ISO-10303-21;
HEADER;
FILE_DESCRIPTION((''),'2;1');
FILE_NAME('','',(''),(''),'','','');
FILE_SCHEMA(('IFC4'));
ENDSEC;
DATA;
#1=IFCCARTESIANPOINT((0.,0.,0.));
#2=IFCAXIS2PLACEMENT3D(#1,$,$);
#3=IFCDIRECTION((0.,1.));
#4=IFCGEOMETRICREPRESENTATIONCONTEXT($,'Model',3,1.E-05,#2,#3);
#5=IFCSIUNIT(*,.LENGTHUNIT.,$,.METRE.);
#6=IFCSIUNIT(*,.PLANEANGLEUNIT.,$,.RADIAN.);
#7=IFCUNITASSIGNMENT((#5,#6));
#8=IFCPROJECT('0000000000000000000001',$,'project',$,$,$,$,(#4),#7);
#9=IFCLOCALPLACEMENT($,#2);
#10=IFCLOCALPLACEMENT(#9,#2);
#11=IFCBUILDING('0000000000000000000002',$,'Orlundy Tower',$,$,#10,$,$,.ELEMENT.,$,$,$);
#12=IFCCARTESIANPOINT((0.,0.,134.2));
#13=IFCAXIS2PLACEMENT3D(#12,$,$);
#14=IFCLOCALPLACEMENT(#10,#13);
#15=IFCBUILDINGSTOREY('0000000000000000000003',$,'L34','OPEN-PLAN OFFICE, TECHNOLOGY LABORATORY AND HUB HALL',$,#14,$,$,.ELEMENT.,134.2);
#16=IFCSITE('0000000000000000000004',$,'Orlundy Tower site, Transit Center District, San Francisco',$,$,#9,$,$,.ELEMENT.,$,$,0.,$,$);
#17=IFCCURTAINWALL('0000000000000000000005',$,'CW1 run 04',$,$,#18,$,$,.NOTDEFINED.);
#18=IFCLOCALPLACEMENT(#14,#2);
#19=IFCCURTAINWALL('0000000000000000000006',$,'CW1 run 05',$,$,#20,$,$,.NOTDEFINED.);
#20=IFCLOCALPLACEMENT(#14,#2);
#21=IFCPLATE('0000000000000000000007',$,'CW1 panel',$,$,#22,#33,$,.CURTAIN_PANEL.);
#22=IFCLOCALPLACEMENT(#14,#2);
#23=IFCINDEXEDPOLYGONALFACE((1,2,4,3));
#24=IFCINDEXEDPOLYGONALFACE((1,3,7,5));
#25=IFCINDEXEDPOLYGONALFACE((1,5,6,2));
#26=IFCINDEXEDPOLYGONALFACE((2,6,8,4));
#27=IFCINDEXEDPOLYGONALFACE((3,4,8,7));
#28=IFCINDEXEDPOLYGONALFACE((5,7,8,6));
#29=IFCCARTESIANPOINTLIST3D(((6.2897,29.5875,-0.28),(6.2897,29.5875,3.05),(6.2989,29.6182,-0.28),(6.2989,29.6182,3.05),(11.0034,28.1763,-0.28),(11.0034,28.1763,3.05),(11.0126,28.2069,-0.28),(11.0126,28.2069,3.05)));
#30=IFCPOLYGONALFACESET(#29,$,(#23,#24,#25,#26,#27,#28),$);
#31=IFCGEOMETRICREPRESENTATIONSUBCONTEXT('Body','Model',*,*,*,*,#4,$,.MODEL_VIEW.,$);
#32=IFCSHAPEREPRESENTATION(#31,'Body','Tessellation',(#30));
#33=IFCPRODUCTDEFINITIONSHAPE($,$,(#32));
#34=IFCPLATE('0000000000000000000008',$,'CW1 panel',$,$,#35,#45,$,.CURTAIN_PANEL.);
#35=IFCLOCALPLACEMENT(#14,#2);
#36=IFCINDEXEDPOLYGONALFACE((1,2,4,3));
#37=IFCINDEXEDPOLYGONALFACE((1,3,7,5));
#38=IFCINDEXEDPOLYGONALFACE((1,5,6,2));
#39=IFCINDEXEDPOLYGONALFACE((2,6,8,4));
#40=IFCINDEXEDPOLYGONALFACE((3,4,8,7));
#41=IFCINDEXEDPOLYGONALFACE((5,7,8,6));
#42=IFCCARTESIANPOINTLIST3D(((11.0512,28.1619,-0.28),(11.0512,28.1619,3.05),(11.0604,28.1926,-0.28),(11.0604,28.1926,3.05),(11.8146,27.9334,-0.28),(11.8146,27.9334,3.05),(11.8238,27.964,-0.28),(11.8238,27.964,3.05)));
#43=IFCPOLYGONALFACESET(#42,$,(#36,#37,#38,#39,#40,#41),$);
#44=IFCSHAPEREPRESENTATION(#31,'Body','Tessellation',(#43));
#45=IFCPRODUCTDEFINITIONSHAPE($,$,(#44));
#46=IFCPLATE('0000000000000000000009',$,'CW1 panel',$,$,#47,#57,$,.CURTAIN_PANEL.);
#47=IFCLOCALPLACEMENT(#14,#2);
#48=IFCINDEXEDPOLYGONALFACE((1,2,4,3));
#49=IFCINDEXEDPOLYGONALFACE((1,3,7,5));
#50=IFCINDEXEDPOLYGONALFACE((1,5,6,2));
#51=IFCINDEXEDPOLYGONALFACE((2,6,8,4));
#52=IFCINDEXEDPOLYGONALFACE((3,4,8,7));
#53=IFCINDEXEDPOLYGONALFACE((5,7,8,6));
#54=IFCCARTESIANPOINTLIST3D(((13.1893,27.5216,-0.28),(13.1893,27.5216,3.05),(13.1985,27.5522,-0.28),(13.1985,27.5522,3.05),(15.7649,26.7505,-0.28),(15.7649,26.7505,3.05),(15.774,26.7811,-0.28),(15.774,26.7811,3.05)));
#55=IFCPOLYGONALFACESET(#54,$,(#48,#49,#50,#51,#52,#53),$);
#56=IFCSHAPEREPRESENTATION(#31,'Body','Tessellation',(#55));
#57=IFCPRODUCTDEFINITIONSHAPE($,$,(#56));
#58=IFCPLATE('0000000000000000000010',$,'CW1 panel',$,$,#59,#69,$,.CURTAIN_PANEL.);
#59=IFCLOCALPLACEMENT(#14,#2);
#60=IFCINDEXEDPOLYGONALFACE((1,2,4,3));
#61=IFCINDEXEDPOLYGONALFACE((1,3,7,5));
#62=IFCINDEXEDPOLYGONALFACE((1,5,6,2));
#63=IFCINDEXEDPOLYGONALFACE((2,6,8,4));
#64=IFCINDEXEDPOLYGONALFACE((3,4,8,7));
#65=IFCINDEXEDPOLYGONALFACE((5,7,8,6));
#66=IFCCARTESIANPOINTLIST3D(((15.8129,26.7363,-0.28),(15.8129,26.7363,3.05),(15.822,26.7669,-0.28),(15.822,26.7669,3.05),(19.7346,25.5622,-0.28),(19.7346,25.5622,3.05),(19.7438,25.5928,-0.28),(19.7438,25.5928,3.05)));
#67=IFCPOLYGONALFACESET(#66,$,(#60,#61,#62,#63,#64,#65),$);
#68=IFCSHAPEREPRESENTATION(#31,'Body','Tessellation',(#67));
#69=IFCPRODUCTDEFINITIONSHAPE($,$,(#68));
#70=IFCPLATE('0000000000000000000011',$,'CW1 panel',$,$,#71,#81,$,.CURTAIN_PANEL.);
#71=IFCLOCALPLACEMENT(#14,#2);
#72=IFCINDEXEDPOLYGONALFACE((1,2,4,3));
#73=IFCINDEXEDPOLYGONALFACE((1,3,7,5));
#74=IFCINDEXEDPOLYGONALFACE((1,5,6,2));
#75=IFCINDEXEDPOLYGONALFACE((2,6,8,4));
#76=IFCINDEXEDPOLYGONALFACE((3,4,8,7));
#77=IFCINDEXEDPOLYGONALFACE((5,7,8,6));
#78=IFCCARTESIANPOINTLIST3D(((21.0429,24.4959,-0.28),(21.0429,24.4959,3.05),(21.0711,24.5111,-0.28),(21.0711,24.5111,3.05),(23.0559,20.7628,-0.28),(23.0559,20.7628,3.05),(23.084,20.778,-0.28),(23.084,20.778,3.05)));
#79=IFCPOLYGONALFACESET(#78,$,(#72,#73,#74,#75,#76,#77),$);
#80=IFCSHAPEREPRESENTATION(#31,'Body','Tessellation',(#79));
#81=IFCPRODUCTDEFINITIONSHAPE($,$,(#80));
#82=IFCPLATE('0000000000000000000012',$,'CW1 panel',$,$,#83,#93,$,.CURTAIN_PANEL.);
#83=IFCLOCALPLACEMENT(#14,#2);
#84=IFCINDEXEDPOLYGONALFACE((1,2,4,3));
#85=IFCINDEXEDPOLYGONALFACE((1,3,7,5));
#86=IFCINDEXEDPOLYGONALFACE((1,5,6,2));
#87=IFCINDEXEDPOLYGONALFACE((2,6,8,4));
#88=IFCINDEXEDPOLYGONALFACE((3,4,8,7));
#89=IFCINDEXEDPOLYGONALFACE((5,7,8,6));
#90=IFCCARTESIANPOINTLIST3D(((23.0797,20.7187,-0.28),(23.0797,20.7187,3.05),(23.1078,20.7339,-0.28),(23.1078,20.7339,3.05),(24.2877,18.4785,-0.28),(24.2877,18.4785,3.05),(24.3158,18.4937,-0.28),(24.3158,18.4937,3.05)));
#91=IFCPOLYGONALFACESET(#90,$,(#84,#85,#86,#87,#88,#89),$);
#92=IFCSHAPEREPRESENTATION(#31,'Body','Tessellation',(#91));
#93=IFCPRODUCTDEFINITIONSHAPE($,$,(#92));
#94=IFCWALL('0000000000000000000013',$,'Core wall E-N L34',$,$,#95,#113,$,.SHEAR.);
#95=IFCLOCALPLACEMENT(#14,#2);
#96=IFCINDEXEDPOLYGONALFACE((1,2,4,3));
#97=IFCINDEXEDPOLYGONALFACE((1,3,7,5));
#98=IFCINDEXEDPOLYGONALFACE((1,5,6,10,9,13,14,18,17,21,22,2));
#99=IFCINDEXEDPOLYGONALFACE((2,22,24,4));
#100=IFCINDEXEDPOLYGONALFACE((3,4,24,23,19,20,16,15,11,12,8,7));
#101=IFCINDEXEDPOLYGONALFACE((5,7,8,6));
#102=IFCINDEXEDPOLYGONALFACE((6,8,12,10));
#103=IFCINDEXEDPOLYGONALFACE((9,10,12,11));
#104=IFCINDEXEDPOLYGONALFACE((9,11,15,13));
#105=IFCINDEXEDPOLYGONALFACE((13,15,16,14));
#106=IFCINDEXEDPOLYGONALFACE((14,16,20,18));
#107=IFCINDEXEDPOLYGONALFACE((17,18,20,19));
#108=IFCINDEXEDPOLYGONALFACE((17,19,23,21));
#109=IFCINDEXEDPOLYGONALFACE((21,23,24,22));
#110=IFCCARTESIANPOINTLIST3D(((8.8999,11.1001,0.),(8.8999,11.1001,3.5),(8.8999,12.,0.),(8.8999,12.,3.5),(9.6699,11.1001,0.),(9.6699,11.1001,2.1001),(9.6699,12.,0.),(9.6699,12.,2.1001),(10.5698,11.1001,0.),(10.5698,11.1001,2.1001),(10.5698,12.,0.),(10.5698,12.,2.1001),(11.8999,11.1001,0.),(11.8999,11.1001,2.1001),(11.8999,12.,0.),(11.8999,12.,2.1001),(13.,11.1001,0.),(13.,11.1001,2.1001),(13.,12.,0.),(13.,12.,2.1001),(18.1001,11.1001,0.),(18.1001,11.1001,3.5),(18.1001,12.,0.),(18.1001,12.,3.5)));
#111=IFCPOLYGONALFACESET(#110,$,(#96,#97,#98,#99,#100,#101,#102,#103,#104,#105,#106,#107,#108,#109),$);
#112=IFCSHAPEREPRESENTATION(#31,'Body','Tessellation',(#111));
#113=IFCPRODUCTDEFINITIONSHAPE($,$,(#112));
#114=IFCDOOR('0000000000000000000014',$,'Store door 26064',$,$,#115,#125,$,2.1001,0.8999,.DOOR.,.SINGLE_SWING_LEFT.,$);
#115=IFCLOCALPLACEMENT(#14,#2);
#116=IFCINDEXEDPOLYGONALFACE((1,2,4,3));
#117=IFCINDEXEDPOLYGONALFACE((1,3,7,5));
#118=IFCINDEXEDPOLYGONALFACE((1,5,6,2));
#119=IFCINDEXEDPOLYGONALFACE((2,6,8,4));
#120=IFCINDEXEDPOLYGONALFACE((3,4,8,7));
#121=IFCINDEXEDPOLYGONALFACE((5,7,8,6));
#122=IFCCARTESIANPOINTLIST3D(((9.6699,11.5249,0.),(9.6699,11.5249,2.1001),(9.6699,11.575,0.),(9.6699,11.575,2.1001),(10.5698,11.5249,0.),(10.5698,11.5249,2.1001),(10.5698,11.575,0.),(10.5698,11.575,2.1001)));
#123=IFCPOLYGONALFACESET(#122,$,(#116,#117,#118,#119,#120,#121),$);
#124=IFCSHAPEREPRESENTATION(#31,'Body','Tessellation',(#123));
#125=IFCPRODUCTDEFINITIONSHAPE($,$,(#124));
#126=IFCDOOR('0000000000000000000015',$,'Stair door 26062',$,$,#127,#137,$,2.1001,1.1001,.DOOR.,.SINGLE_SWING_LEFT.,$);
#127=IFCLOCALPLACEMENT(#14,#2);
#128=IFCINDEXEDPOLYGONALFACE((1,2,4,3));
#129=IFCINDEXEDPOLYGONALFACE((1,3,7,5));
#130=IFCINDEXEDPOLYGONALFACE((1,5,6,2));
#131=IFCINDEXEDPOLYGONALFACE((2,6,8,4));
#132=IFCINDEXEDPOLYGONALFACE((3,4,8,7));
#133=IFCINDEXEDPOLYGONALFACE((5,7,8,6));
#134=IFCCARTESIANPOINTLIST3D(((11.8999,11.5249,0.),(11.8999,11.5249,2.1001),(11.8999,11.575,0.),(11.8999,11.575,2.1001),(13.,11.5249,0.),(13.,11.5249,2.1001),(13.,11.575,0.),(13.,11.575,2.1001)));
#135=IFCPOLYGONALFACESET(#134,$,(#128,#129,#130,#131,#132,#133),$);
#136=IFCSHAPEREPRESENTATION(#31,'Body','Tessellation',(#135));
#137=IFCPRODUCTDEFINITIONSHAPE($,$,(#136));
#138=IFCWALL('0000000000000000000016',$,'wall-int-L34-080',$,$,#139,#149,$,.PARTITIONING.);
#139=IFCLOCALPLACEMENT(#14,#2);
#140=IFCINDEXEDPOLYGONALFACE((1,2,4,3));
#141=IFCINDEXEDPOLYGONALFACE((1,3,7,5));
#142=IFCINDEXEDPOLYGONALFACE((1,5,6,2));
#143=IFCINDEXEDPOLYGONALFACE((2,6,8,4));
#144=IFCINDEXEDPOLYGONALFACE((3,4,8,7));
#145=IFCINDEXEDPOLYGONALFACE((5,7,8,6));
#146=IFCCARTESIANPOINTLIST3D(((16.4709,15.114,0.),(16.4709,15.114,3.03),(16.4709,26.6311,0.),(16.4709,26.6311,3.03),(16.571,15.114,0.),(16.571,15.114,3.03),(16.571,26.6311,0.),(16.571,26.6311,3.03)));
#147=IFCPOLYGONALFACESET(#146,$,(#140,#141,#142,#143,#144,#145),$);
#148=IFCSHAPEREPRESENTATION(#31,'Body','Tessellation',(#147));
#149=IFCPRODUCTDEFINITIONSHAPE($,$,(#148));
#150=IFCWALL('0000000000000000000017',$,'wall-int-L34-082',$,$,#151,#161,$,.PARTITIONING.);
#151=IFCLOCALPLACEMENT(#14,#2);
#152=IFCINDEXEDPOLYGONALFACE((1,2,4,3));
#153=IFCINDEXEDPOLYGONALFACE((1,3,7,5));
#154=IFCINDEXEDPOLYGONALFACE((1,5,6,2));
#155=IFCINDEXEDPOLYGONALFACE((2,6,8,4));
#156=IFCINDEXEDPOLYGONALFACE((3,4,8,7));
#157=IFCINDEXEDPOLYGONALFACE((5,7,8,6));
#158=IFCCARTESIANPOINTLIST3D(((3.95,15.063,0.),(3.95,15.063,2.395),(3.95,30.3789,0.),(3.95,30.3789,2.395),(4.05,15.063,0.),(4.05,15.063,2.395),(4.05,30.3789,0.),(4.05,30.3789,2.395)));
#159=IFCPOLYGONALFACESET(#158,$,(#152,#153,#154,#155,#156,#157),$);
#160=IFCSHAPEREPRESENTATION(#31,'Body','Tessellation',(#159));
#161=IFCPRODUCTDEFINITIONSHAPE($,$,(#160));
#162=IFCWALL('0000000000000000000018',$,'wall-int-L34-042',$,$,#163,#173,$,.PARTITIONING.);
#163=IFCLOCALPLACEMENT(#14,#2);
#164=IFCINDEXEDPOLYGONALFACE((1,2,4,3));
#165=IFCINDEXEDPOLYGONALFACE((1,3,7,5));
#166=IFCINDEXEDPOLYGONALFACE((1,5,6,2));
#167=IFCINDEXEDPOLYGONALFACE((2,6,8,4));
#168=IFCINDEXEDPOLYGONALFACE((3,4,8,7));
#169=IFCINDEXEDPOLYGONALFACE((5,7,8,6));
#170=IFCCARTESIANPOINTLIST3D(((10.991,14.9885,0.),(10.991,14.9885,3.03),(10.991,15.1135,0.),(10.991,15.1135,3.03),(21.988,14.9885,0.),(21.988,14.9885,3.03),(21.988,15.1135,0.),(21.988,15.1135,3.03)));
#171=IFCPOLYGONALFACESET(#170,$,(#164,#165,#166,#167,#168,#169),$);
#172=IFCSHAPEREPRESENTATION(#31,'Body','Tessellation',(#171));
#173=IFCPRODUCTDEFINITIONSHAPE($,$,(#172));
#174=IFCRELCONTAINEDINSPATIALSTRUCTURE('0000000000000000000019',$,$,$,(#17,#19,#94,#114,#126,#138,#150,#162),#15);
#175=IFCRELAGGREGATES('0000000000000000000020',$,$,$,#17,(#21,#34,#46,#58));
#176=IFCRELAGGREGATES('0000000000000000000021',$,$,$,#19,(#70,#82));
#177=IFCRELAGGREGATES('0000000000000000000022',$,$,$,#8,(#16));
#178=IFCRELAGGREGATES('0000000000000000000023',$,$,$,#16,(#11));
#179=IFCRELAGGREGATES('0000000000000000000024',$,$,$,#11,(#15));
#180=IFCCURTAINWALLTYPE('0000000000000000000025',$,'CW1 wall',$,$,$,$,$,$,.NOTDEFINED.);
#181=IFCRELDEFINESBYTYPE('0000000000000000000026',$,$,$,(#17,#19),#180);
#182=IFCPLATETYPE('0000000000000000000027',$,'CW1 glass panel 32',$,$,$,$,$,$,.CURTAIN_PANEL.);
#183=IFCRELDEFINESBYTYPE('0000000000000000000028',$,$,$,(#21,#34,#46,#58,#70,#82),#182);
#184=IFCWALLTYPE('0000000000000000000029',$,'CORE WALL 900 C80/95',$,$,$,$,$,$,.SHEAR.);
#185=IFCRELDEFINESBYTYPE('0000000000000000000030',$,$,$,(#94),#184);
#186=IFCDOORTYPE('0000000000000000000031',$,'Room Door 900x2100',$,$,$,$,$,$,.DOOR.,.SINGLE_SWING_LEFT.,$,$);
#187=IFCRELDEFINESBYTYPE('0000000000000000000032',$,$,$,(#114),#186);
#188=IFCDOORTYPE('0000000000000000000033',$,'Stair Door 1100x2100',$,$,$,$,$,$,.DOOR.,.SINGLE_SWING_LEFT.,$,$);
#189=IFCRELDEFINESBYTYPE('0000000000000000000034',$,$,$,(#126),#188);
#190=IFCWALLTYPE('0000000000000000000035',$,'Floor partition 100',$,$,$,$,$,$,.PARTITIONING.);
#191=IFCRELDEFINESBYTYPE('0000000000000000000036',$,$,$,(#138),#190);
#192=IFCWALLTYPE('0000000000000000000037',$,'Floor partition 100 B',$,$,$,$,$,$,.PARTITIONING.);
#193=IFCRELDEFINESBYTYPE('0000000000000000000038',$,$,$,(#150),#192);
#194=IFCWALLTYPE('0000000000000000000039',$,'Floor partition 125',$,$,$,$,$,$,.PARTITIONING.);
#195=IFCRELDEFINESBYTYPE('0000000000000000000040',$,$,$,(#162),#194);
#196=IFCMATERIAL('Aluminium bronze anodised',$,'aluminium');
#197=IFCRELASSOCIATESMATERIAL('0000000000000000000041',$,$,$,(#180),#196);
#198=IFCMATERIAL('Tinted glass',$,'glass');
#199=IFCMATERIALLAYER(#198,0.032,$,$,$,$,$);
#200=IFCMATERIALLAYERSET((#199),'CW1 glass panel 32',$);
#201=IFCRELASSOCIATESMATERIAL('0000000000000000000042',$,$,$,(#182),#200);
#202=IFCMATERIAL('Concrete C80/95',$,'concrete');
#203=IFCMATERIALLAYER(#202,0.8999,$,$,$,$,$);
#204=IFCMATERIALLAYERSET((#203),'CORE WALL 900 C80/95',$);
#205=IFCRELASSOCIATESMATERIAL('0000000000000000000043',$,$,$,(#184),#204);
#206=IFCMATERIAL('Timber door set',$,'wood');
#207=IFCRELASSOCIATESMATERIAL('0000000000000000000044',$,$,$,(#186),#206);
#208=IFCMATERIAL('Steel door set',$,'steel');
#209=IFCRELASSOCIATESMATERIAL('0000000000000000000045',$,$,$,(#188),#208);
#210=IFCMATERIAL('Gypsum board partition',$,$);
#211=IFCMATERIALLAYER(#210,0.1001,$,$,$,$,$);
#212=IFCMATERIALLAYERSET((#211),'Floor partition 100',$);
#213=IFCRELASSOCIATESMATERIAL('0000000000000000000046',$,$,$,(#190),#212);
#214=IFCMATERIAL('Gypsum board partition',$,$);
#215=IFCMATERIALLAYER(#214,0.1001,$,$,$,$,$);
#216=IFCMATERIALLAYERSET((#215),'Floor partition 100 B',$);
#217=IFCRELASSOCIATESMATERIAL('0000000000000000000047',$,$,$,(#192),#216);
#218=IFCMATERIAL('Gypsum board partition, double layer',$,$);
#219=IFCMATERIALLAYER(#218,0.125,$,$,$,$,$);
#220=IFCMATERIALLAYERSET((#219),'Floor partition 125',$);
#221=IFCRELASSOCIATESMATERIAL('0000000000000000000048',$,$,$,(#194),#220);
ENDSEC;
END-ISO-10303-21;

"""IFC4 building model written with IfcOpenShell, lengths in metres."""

from ifc_helpers import new_model, si_unit, direction, frame, frame_2d, origin, origin_2d, place, context, subcontext, project, spatial, rectangle, extrude, material, layer, layer_set, type_object, element, fill, aggregate, save


model = new_model("IFC4")

# Units and contexts
model_context = context("Model", 3, precision=1e-05, world=origin(), true_north=direction((0.0, 1.0)))
body_context = subcontext(model_context, "Body", "Model", "MODEL_VIEW")
ifc_project = project(units=[si_unit("LENGTHUNIT", "METRE"), si_unit("PLANEANGLEUNIT", "RADIAN")], contexts=[model_context])

# Site, building, storey
site_placement = place(None, origin())
site = spatial("IfcSite", under=ifc_project, at=site_placement, Name="Orlundy Tower site, Transit Center District, San Francisco", CompositionType="ELEMENT", RefElevation=0.0)
building_placement = place(site_placement, origin())
building = spatial("IfcBuilding", under=site, at=building_placement, Name="Orlundy Tower", CompositionType="ELEMENT")
storey_placement = place(building_placement, frame((0.0, 0.0, 134.2)))
storey = spatial("IfcBuildingStorey", under=building, at=storey_placement, Name="L34", Description="OPEN-PLAN OFFICE, TECHNOLOGY LABORATORY AND HUB HALL", CompositionType="ELEMENT", Elevation=134.2)

# Curtain wall
ifc_material_1 = material(Name="Aluminium bronze anodised", Category="aluminium")
curtain_wall_type = type_object("IfcCurtainWallType", Name="CW1 wall", PredefinedType="NOTDEFINED", material=ifc_material_1)
curtain_wall_1_placement = place(storey_placement, origin())
curtain_wall_1 = element("IfcCurtainWall", 1, at=curtain_wall_1_placement, inside=storey, type_object=curtain_wall_type, Name="CW1 run 04", PredefinedType="NOTDEFINED")

# Curtain wall
curtain_wall_2_placement = place(storey_placement, origin())
curtain_wall_2 = element("IfcCurtainWall", 2, at=curtain_wall_2_placement, inside=storey, type_object=curtain_wall_type, Name="CW1 run 05", PredefinedType="NOTDEFINED")

# Plates
ifc_material_2 = material(Name="Tinted glass", Category="glass")
ifc_layer_1 = layer(ifc_material_2, 0.032)
ifc_layer_set_1 = layer_set([ifc_layer_1], Name="CW1 glass panel 32")
plate_type = type_object("IfcPlateType", Name="CW1 glass panel 32", PredefinedType="CURTAIN_PANEL", material=ifc_layer_set_1)
plate_1_placement = place(storey_placement, frame((8.6511, 28.8972, -0.28), z_axis=(0.0, 0.0, 1.0), x_axis=(0.957986, -0.286816, 0.0)))
plate_1 = element("IfcPlate", 3, at=plate_1_placement, type_object=plate_type, Name="CW1 panel", PredefinedType="CURTAIN_PANEL", context=body_context, shape_type="SweptSolid", body=[
    extrude(rectangle(XDim=4.9204, YDim=0.032, at=origin_2d()), origin(), (0.0, 0.0, 1.0), 3.3301),
])
plate_2_placement = place(storey_placement, frame((11.4375, 28.063, -0.28), z_axis=(0.0, 0.0, 1.0), x_axis=(0.957986, -0.286816, 0.0)))
plate_2 = element("IfcPlate", 4, at=plate_2_placement, type_object=plate_type, Name="CW1 panel", PredefinedType="CURTAIN_PANEL", context=body_context, shape_type="SweptSolid", body=[
    extrude(rectangle(XDim=0.7969, YDim=0.032, at=origin_2d()), origin(), (0.0, 0.0, 1.0), 3.3301),
])
plate_3_placement = place(storey_placement, frame((14.4817, 27.1514, -0.28), z_axis=(0.0, 0.0, 1.0), x_axis=(0.957986, -0.286816, 0.0)))
plate_3 = element("IfcPlate", 5, at=plate_3_placement, type_object=plate_type, Name="CW1 panel", PredefinedType="CURTAIN_PANEL", context=body_context, shape_type="SweptSolid", body=[
    extrude(rectangle(XDim=2.6885, YDim=0.032, at=origin_2d()), origin(), (0.0, 0.0, 1.0), 3.3301),
])
plate_4_placement = place(storey_placement, frame((17.7783, 26.1646, -0.28), z_axis=(0.0, 0.0, 1.0), x_axis=(0.957986, -0.286816, 0.0)))
plate_4 = element("IfcPlate", 6, at=plate_4_placement, type_object=plate_type, Name="CW1 panel", PredefinedType="CURTAIN_PANEL", context=body_context, shape_type="SweptSolid", body=[
    extrude(rectangle(XDim=4.0938, YDim=0.032, at=origin_2d()), origin(), (0.0, 0.0, 1.0), 3.3301),
])
aggregate(curtain_wall_1, [plate_1, plate_2, plate_3, plate_4])
plate_5_placement = place(storey_placement, frame((22.0635, 22.637, -0.28), z_axis=(0.0, 0.0, 1.0), x_axis=(0.474624, -0.880189, 0.0)))
plate_5 = element("IfcPlate", 7, at=plate_5_placement, type_object=plate_type, Name="CW1 panel", PredefinedType="CURTAIN_PANEL", context=body_context, shape_type="SweptSolid", body=[
    extrude(rectangle(XDim=4.2412, YDim=0.032, at=origin_2d()), origin(), (0.0, 0.0, 1.0), 3.3301),
])
plate_6_placement = place(storey_placement, frame((23.6978, 19.6062, -0.28), z_axis=(0.0, 0.0, 1.0), x_axis=(0.474624, -0.880189, 0.0)))
plate_6 = element("IfcPlate", 8, at=plate_6_placement, type_object=plate_type, Name="CW1 panel", PredefinedType="CURTAIN_PANEL", context=body_context, shape_type="SweptSolid", body=[
    extrude(rectangle(XDim=2.5452, YDim=0.032, at=origin_2d()), origin(), (0.0, 0.0, 1.0), 3.3301),
])
aggregate(curtain_wall_2, [plate_5, plate_6])

# Wall, openings, doors
ifc_material_3 = material(Name="Concrete C80/95", Category="concrete")
ifc_layer_2 = layer(ifc_material_3, 0.8999)
ifc_layer_set_2 = layer_set([ifc_layer_2], Name="CORE WALL 900 C80/95")
wall_type_1 = type_object("IfcWallType", Name="CORE WALL 900 C80/95", PredefinedType="SHEAR", material=ifc_layer_set_2)
wall_1_placement = place(storey_placement, frame((8.8999, 11.55, 0.0), z_axis=(0.0, 0.0, 1.0), x_axis=(1.0, 0.0, 0.0)))
wall_1 = element("IfcWall", 9, at=wall_1_placement, inside=storey, type_object=wall_type_1, Name="Core wall E-N L34", PredefinedType="SHEAR", context=body_context, shape_type="SweptSolid", body=[
    extrude(rectangle(XDim=9.2002, YDim=0.8999, at=frame_2d((4.6001, 0.0))), origin(), (0.0, 0.0, 1.0), 3.5),
])
opening_1_placement = place(wall_1_placement, frame((3.0, 0.0, 0.0)))
opening_1 = element("IfcOpeningElement", 10, at=opening_1_placement, cuts=wall_1, PredefinedType="OPENING", context=body_context, shape_type="SweptSolid", body=[
    extrude(rectangle(XDim=1.1001, YDim=2.1001, at=frame_2d((0.55, 1.05))), frame((0.0, 0.46, 0.0), z_axis=(0.0, -1.0, 0.0), x_axis=(1.0, 0.0, 0.0)), (0.0, 0.0, 1.0), 0.9199),
])
opening_2_placement = place(wall_1_placement, frame((0.77, 0.0, 0.0)))
opening_2 = element("IfcOpeningElement", 11, at=opening_2_placement, cuts=wall_1, PredefinedType="OPENING", context=body_context, shape_type="SweptSolid", body=[
    extrude(rectangle(XDim=0.8999, YDim=2.1001, at=frame_2d((0.45, 1.05))), frame((0.0, 0.46, 0.0), z_axis=(0.0, -1.0, 0.0), x_axis=(1.0, 0.0, 0.0)), (0.0, 0.0, 1.0), 0.9199),
])
ifc_material_4 = material(Name="Timber door set", Category="wood")
door_type_1 = type_object("IfcDoorType", Name="Room Door 900x2100", OperationType="SINGLE_SWING_LEFT", PredefinedType="DOOR", material=ifc_material_4)
door_1_placement = place(opening_2_placement, origin())
door_1 = element("IfcDoor", 12, at=door_1_placement, inside=storey, type_object=door_type_1, Name="Store door 26064", OperationType="SINGLE_SWING_LEFT", OverallHeight=2.1001, OverallWidth=0.8999, PredefinedType="DOOR", context=body_context, shape_type="SweptSolid", body=[
    extrude(rectangle(XDim=0.8999, YDim=2.1001, at=frame_2d((0.45, 1.05))), frame((0.0, 0.0249, 0.0), z_axis=(0.0, -1.0, 0.0), x_axis=(1.0, 0.0, 0.0)), (0.0, 0.0, 1.0), 0.05),
])
fill(opening_2, door_1)
ifc_material_5 = material(Name="Steel door set", Category="steel")
door_type_2 = type_object("IfcDoorType", Name="Stair Door 1100x2100", OperationType="SINGLE_SWING_LEFT", PredefinedType="DOOR", material=ifc_material_5)
door_2_placement = place(opening_1_placement, origin())
door_2 = element("IfcDoor", 13, at=door_2_placement, inside=storey, type_object=door_type_2, Name="Stair door 26062", OperationType="SINGLE_SWING_LEFT", OverallHeight=2.1001, OverallWidth=1.1001, PredefinedType="DOOR", context=body_context, shape_type="SweptSolid", body=[
    extrude(rectangle(XDim=1.1001, YDim=2.1001, at=frame_2d((0.55, 1.05))), frame((0.0, 0.0249, 0.0), z_axis=(0.0, -1.0, 0.0), x_axis=(1.0, 0.0, 0.0)), (0.0, 0.0, 1.0), 0.05),
])
fill(opening_1, door_2)

# Walls
ifc_material_6 = material(Name="Gypsum board partition")
ifc_layer_3 = layer(ifc_material_6, 0.1001)
ifc_layer_set_3 = layer_set([ifc_layer_3], Name="Floor partition 100")
wall_type_2 = type_object("IfcWallType", Name="Floor partition 100", PredefinedType="PARTITIONING", material=ifc_layer_set_3)
wall_2_placement = place(storey_placement, frame((16.521, 15.114, 0.0), z_axis=(0.0, 0.0, 1.0), x_axis=(0.0, 1.0, 0.0)))
element("IfcWall", 14, at=wall_2_placement, inside=storey, type_object=wall_type_2, Name="wall-int-L34-080", PredefinedType="PARTITIONING", context=body_context, shape_type="SweptSolid", body=[
    extrude(rectangle(XDim=11.5171, YDim=0.1001, at=frame_2d((5.7585, 0.0))), origin(), (0.0, 0.0, 1.0), 3.03),
])
ifc_material_7 = material(Name="Gypsum board partition")
ifc_layer_4 = layer(ifc_material_7, 0.1001)
ifc_layer_set_4 = layer_set([ifc_layer_4], Name="Floor partition 100 B")
wall_type_3 = type_object("IfcWallType", Name="Floor partition 100 B", PredefinedType="PARTITIONING", material=ifc_layer_set_4)
wall_3_placement = place(storey_placement, frame((4.0, 15.063, 0.0), z_axis=(0.0, 0.0, 1.0), x_axis=(0.0, 1.0, 0.0)))
element("IfcWall", 15, at=wall_3_placement, inside=storey, type_object=wall_type_3, Name="wall-int-L34-082", PredefinedType="PARTITIONING", context=body_context, shape_type="SweptSolid", body=[
    extrude(rectangle(XDim=15.3159, YDim=0.1001, at=frame_2d((7.658, 0.0))), origin(), (0.0, 0.0, 1.0), 2.395),
])
ifc_material_8 = material(Name="Gypsum board partition, double layer")
ifc_layer_5 = layer(ifc_material_8, 0.125)
ifc_layer_set_5 = layer_set([ifc_layer_5], Name="Floor partition 125")
wall_type_4 = type_object("IfcWallType", Name="Floor partition 125", PredefinedType="PARTITIONING", material=ifc_layer_set_5)
wall_4_placement = place(storey_placement, frame((10.991, 15.051, 0.0), z_axis=(0.0, 0.0, 1.0), x_axis=(1.0, 0.0, 0.0)))
element("IfcWall", 16, at=wall_4_placement, inside=storey, type_object=wall_type_4, Name="wall-int-L34-042", PredefinedType="PARTITIONING", context=body_context, shape_type="SweptSolid", body=[
    extrude(rectangle(XDim=10.9971, YDim=0.125, at=frame_2d((5.4985, 0.0))), origin(), (0.0, 0.0, 1.0), 3.03),
])

save(model, "model.ifc")
